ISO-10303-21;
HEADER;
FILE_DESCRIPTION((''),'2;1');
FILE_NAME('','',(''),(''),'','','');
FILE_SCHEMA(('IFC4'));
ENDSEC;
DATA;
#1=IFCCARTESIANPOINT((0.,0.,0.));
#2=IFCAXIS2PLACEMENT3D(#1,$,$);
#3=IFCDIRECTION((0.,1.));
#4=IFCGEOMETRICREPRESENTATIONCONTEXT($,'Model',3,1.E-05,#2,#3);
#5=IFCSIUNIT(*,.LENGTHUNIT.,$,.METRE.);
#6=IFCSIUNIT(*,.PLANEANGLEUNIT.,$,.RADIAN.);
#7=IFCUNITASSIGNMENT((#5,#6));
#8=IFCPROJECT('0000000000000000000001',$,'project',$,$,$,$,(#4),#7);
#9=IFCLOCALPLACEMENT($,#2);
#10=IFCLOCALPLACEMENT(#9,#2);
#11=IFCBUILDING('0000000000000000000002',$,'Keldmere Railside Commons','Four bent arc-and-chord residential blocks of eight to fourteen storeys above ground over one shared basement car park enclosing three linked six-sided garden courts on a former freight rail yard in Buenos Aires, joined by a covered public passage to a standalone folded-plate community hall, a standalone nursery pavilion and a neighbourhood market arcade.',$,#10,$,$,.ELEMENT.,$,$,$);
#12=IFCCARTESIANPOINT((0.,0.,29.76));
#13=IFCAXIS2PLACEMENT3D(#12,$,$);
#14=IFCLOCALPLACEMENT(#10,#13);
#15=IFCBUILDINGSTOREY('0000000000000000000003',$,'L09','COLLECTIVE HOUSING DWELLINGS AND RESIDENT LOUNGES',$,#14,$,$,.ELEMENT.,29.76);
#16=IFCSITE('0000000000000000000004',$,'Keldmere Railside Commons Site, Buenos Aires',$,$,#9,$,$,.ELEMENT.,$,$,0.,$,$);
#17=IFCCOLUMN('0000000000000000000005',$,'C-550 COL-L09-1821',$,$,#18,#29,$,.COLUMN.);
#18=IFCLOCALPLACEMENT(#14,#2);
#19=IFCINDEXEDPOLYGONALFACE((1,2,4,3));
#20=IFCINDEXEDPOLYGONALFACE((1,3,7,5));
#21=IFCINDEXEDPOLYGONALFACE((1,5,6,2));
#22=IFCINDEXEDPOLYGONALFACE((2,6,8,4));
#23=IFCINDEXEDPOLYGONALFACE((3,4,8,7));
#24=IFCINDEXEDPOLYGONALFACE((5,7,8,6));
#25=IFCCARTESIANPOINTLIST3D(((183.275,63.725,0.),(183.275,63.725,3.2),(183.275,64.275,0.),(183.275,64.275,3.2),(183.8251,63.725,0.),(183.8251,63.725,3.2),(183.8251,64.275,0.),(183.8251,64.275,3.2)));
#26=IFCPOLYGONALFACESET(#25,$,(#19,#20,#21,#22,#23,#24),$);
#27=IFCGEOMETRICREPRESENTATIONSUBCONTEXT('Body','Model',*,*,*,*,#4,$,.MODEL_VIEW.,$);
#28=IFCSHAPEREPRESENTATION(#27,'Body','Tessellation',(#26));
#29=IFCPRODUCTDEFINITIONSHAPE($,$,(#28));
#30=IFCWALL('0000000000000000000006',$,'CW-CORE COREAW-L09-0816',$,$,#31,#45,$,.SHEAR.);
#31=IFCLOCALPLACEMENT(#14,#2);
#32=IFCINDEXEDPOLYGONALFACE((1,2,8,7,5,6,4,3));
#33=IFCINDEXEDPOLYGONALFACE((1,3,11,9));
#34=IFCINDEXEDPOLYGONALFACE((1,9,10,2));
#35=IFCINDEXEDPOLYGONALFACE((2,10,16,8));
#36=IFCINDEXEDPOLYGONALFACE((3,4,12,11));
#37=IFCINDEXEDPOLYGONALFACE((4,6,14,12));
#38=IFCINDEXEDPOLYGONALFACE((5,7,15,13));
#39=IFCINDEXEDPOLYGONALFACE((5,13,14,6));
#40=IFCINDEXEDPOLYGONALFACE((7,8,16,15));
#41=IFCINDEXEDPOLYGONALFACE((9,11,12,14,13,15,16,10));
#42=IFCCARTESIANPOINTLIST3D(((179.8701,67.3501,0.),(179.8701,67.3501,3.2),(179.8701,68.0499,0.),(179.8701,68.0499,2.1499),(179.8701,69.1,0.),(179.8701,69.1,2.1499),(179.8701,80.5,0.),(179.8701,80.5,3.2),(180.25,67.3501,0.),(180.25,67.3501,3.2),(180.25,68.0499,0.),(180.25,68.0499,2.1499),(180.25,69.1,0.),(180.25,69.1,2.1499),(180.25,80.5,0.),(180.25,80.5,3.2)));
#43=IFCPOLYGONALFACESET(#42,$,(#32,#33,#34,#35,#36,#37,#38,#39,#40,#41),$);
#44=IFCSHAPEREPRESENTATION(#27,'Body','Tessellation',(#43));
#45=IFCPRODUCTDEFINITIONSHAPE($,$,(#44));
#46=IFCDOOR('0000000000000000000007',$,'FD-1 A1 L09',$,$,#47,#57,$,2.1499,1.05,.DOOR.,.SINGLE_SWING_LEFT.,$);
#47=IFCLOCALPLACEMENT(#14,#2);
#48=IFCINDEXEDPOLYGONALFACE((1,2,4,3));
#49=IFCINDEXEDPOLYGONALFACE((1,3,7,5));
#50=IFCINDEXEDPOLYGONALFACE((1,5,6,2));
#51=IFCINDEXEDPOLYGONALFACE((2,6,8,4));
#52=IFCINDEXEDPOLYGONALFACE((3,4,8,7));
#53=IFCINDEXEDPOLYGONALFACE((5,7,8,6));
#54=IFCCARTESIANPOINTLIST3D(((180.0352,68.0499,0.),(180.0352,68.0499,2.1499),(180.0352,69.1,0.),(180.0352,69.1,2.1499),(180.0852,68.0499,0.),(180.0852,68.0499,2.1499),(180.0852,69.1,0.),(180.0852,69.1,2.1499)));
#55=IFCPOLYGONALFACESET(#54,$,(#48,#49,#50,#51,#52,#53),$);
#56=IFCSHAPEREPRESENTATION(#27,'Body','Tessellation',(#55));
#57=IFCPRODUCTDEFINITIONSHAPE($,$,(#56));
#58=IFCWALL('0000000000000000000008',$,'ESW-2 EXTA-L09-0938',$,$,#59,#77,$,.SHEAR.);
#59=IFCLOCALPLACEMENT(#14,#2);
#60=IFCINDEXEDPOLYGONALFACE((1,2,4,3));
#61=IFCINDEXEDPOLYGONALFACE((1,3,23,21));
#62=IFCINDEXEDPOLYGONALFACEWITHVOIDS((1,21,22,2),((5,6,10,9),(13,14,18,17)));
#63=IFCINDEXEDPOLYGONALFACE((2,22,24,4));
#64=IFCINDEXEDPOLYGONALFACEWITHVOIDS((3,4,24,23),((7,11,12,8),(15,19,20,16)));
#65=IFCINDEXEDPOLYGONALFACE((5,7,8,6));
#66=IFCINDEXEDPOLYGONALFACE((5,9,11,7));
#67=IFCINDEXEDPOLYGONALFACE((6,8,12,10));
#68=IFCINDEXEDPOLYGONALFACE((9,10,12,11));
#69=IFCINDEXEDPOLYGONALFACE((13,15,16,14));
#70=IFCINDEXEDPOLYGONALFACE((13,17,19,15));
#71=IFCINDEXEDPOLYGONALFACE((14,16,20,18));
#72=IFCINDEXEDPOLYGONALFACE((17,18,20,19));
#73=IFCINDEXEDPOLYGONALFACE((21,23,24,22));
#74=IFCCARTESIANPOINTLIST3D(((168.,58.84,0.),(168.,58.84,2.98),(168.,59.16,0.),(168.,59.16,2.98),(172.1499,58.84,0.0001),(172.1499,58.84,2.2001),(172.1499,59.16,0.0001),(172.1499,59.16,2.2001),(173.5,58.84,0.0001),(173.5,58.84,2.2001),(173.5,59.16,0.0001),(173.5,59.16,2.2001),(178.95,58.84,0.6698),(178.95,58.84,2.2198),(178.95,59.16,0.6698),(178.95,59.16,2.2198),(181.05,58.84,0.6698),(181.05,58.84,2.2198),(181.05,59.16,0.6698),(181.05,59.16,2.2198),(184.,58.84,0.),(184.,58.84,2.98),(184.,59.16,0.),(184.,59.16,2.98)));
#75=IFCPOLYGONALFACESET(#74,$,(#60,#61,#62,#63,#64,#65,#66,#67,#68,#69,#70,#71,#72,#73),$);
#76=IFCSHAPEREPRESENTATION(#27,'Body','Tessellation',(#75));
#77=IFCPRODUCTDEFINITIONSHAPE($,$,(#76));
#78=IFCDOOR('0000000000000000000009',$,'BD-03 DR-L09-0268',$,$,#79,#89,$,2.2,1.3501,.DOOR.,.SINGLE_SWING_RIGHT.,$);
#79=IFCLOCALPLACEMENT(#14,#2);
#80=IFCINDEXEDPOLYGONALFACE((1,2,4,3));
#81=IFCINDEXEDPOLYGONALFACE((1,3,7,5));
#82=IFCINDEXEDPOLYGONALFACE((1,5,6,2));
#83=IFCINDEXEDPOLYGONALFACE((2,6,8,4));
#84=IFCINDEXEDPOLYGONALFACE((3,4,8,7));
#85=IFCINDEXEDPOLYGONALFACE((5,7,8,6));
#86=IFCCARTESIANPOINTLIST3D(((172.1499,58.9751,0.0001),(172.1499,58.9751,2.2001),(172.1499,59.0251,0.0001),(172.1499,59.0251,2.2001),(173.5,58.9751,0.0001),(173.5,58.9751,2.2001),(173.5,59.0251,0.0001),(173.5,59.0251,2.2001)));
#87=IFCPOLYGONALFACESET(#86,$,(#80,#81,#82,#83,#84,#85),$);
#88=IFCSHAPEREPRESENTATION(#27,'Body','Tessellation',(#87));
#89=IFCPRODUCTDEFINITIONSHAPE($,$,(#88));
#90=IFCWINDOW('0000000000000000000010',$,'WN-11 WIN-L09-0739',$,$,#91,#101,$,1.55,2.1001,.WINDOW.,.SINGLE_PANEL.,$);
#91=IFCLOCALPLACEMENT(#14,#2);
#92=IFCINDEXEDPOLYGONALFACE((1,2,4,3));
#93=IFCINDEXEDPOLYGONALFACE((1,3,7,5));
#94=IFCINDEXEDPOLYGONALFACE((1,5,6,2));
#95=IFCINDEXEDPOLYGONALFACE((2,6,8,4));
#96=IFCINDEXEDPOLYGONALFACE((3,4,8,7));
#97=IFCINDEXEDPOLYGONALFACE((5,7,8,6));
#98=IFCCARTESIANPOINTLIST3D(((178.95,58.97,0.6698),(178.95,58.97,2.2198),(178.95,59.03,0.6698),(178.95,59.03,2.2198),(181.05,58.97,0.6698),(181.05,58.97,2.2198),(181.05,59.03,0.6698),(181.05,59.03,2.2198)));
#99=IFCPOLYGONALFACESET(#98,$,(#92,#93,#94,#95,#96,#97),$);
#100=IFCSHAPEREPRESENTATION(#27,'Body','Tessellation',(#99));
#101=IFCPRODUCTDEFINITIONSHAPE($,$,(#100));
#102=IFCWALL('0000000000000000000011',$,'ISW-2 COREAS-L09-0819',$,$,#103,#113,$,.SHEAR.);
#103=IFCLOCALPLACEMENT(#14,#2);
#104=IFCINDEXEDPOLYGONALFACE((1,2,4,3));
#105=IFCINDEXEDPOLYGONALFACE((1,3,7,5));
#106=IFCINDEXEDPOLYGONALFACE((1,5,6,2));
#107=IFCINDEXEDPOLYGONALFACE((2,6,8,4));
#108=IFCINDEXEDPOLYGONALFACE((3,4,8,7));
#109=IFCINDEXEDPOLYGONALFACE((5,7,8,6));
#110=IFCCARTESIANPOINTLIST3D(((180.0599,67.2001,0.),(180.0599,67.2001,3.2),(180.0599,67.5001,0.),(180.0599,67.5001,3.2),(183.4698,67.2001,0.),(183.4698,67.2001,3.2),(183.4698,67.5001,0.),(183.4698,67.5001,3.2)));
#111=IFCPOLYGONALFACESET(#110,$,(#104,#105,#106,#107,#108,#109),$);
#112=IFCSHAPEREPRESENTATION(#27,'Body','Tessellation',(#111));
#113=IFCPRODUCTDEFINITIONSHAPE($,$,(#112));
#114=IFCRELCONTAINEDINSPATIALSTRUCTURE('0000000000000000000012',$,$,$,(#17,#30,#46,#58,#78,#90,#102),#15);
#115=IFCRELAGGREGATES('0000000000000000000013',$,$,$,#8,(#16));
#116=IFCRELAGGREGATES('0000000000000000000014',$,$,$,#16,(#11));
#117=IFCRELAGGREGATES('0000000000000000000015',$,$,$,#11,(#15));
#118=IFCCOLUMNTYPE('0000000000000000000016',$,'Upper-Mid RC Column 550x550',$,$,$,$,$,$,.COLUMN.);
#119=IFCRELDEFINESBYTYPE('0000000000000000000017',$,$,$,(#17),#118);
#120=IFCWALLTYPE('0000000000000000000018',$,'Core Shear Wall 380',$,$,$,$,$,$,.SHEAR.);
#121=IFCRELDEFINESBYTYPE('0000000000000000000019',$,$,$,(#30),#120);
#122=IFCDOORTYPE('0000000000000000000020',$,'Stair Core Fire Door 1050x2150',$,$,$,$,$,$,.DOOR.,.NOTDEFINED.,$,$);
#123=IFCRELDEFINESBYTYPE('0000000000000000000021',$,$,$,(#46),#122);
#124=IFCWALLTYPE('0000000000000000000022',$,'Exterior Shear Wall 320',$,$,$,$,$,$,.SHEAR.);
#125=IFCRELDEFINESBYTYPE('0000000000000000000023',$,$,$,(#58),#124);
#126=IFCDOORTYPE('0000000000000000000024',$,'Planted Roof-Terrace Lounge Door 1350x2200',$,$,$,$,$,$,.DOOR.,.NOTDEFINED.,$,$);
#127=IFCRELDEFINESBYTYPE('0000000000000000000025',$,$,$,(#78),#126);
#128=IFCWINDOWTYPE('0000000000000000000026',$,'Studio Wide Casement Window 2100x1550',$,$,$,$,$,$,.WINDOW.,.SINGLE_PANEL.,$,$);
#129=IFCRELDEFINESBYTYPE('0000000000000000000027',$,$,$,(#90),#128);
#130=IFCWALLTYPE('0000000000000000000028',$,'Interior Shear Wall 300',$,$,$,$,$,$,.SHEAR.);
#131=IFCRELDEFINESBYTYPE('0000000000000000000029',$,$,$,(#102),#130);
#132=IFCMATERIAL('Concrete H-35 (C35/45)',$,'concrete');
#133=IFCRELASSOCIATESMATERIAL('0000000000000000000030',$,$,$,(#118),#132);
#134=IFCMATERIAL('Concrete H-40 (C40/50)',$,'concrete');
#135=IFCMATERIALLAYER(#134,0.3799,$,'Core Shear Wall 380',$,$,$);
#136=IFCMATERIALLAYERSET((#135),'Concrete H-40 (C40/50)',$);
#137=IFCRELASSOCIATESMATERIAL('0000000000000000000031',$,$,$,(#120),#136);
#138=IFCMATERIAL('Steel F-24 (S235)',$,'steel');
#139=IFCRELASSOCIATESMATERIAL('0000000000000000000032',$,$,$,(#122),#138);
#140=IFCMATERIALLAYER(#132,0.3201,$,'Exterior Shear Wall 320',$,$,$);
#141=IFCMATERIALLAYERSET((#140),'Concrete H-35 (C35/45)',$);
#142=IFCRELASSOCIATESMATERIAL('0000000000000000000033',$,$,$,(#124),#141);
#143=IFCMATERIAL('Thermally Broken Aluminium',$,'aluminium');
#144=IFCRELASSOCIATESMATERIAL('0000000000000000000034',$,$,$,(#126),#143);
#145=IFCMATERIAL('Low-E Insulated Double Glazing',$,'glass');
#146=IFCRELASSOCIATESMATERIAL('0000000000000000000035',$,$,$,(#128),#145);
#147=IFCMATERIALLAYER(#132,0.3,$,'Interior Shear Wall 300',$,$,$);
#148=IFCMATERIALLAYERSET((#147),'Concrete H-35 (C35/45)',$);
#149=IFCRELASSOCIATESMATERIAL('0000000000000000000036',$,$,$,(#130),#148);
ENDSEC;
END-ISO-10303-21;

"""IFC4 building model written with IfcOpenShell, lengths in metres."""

from ifc_helpers import new_model, si_unit, direction, frame, frame_2d, origin, origin_2d, place, context, subcontext, project, spatial, rectangle, extrude, material, layer, layer_set, material_profile, profile_set, type_object, element, fill, save


model = new_model("IFC4")

# Units and contexts
model_context = context("Model", 3, precision=1e-05, world=origin(), true_north=direction((0.0, 1.0)))
body_context = subcontext(model_context, "Body", "Model", "MODEL_VIEW")
ifc_project = project(units=[si_unit("LENGTHUNIT", "METRE"), si_unit("PLANEANGLEUNIT", "RADIAN")], contexts=[model_context])

# Site, building, storey
site_placement = place(None, origin())
site = spatial("IfcSite", under=ifc_project, at=site_placement, Name="Keldmere Railside Commons Site, Buenos Aires", CompositionType="ELEMENT", RefElevation=0.0)
building_placement = place(site_placement, origin())
building = spatial("IfcBuilding", under=site, at=building_placement, Name="Keldmere Railside Commons", Description="Four bent arc-and-chord residential blocks of eight to fourteen storeys above ground over one shared basement car park enclosing three linked six-sided garden courts on a former freight rail yard in Buenos Aires, joined by a covered public passage to a standalone folded-plate community hall, a standalone nursery pavilion and a neighbourhood market arcade.", CompositionType="ELEMENT")
storey_placement = place(building_placement, frame((0.0, 0.0, 29.76)))
storey = spatial("IfcBuildingStorey", under=building, at=storey_placement, Name="L09", Description="COLLECTIVE HOUSING DWELLINGS AND RESIDENT LOUNGES", CompositionType="ELEMENT", Elevation=29.76)

# Column
ifc_material_1 = material(Name="Concrete H-35 (C35/45)", Category="concrete")
ifc_material_profile = material_profile(ifc_material_1, rectangle(XDim=0.55, YDim=0.55, at=origin_2d()), Name="RC-550x550")
ifc_profile_set = profile_set([ifc_material_profile], Name="Concrete H-35 (C35/45)")
column_type = type_object("IfcColumnType", Name="Upper-Mid RC Column 550x550", PredefinedType="COLUMN", material=ifc_profile_set)
column_placement = place(storey_placement, frame((183.55, 64.0, 0.0), z_axis=(0.0, 0.0, 1.0), x_axis=(1.0, 0.0, 0.0)))
element("IfcColumn", 1, at=column_placement, inside=storey, type_object=column_type, Name="C-550 COL-L09-1821", PredefinedType="COLUMN", context=body_context, shape_type="SweptSolid", body=[
    extrude(rectangle(XDim=0.55, YDim=0.55, at=origin_2d()), origin(), (0.0, 0.0, 1.0), 3.2),
])

# Wall, opening, door
ifc_material_2 = material(Name="Concrete H-40 (C40/50)", Category="concrete")
ifc_layer_1 = layer(ifc_material_2, 0.3799, Name="Core Shear Wall 380")
ifc_layer_set_1 = layer_set([ifc_layer_1], Name="Concrete H-40 (C40/50)")
wall_type_1 = type_object("IfcWallType", Name="Core Shear Wall 380", PredefinedType="SHEAR", material=ifc_layer_set_1)
wall_1_placement = place(storey_placement, frame((180.0601, 67.3501, 0.0), z_axis=(0.0, 0.0, 1.0), x_axis=(0.0, 1.0, 0.0)))
wall_1 = element("IfcWall", 2, at=wall_1_placement, inside=storey, type_object=wall_type_1, Name="CW-CORE COREAW-L09-0816", PredefinedType="SHEAR", context=body_context, shape_type="SweptSolid", body=[
    extrude(rectangle(XDim=13.1499, YDim=0.3799, at=frame_2d((6.575, 0.0))), origin(), (0.0, 0.0, 1.0), 3.2),
])
opening_1_placement = place(wall_1_placement, frame((0.7, 0.0, 0.0)))
opening_1 = element("IfcOpeningElement", 3, at=opening_1_placement, cuts=wall_1, PredefinedType="OPENING", context=body_context, shape_type="SweptSolid", body=[
    extrude(rectangle(XDim=1.05, YDim=2.1499, at=frame_2d((0.5249, 1.075))), frame((0.0, 0.2, 0.0), z_axis=(0.0, -1.0, 0.0), x_axis=(1.0, 0.0, 0.0)), (0.0, 0.0, 1.0), 0.3999),
])
ifc_material_3 = material(Name="Steel F-24 (S235)", Category="steel")
door_type_1 = type_object("IfcDoorType", Name="Stair Core Fire Door 1050x2150", OperationType="NOTDEFINED", PredefinedType="DOOR", material=ifc_material_3)
door_1_placement = place(opening_1_placement, origin())
door_1 = element("IfcDoor", 4, at=door_1_placement, inside=storey, type_object=door_type_1, Name="FD-1 A1 L09", OperationType="SINGLE_SWING_LEFT", OverallHeight=2.1499, OverallWidth=1.05, PredefinedType="DOOR", context=body_context, shape_type="SweptSolid", body=[
    extrude(rectangle(XDim=1.05, YDim=2.1499, at=frame_2d((0.5249, 1.075))), frame((0.0, 0.0249, 0.0), z_axis=(0.0, -1.0, 0.0), x_axis=(1.0, 0.0, 0.0)), (0.0, 0.0, 1.0), 0.05),
])
fill(opening_1, door_1)

# Wall, openings, door, window
ifc_layer_2 = layer(ifc_material_1, 0.3201, Name="Exterior Shear Wall 320")
ifc_layer_set_2 = layer_set([ifc_layer_2], Name="Concrete H-35 (C35/45)")
wall_type_2 = type_object("IfcWallType", Name="Exterior Shear Wall 320", PredefinedType="SHEAR", material=ifc_layer_set_2)
wall_2_placement = place(storey_placement, frame((184.0, 59.0, 0.0), z_axis=(0.0, 0.0, 1.0), x_axis=(-1.0, 0.0, 0.0)))
wall_2 = element("IfcWall", 5, at=wall_2_placement, inside=storey, type_object=wall_type_2, Name="ESW-2 EXTA-L09-0938", PredefinedType="SHEAR", context=body_context, shape_type="SweptSolid", body=[
    extrude(rectangle(XDim=16.0, YDim=0.3201, at=frame_2d((8.0, 0.0))), origin(), (0.0, 0.0, 1.0), 2.98),
])
opening_2_placement = place(wall_2_placement, frame((10.5, 0.0, 0.0)))
opening_2 = element("IfcOpeningElement", 6, at=opening_2_placement, cuts=wall_2, PredefinedType="OPENING", context=body_context, shape_type="SweptSolid", body=[
    extrude(rectangle(XDim=1.3501, YDim=2.2, at=frame_2d((0.675, 1.1001))), frame((0.0, 0.1699, 0.0), z_axis=(0.0, -1.0, 0.0), x_axis=(1.0, 0.0, 0.0)), (0.0, 0.0, 1.0), 0.3401),
])
opening_3_placement = place(wall_2_placement, frame((2.95, 0.0, 0.6699)))
opening_3 = element("IfcOpeningElement", 7, at=opening_3_placement, cuts=wall_2, PredefinedType="OPENING", context=body_context, shape_type="SweptSolid", body=[
    extrude(rectangle(XDim=2.1001, YDim=1.55, at=frame_2d((1.05, 0.7749))), frame((0.0, 0.1699, 0.0), z_axis=(0.0, -1.0, 0.0), x_axis=(1.0, 0.0, 0.0)), (0.0, 0.0, 1.0), 0.3401),
])
ifc_material_4 = material(Name="Thermally Broken Aluminium", Category="aluminium")
door_type_2 = type_object("IfcDoorType", Name="Planted Roof-Terrace Lounge Door 1350x2200", OperationType="NOTDEFINED", PredefinedType="DOOR", material=ifc_material_4)
door_2_placement = place(opening_2_placement, origin())
door_2 = element("IfcDoor", 8, at=door_2_placement, inside=storey, type_object=door_type_2, Name="BD-03 DR-L09-0268", OperationType="SINGLE_SWING_RIGHT", OverallHeight=2.2, OverallWidth=1.3501, PredefinedType="DOOR", context=body_context, shape_type="SweptSolid", body=[
    extrude(rectangle(XDim=1.3501, YDim=2.2, at=frame_2d((0.675, 1.1001))), frame((0.0, 0.0249, 0.0), z_axis=(0.0, -1.0, 0.0), x_axis=(1.0, 0.0, 0.0)), (0.0, 0.0, 1.0), 0.05),
])
fill(opening_2, door_2)
ifc_material_5 = material(Name="Low-E Insulated Double Glazing", Category="glass")
window_type = type_object("IfcWindowType", Name="Studio Wide Casement Window 2100x1550", PartitioningType="SINGLE_PANEL", PredefinedType="WINDOW", material=ifc_material_5)
window_placement = place(opening_3_placement, origin())
window = element("IfcWindow", 9, at=window_placement, inside=storey, type_object=window_type, Name="WN-11 WIN-L09-0739", OverallHeight=1.55, OverallWidth=2.1001, PartitioningType="SINGLE_PANEL", PredefinedType="WINDOW", context=body_context, shape_type="SweptSolid", body=[
    extrude(rectangle(XDim=2.1001, YDim=1.55, at=frame_2d((1.05, 0.7749))), frame((0.0, 0.03, 0.0), z_axis=(0.0, -1.0, 0.0), x_axis=(1.0, 0.0, 0.0)), (0.0, 0.0, 1.0), 0.0601),
])
fill(opening_3, window)

# Wall
ifc_layer_3 = layer(ifc_material_1, 0.3, Name="Interior Shear Wall 300")
ifc_layer_set_3 = layer_set([ifc_layer_3], Name="Concrete H-35 (C35/45)")
wall_type_3 = type_object("IfcWallType", Name="Interior Shear Wall 300", PredefinedType="SHEAR", material=ifc_layer_set_3)
wall_3_placement = place(storey_placement, frame((183.47, 67.3501, 0.0), z_axis=(0.0, 0.0, 1.0), x_axis=(-1.0, 0.0, 0.0)))
element("IfcWall", 10, at=wall_3_placement, inside=storey, type_object=wall_type_3, Name="ISW-2 COREAS-L09-0819", PredefinedType="SHEAR", context=body_context, shape_type="SweptSolid", body=[
    extrude(rectangle(XDim=3.4099, YDim=0.3, at=frame_2d((1.7051, 0.0))), origin(), (0.0, 0.0, 1.0), 3.2),
])

save(model, "model.ifc")
